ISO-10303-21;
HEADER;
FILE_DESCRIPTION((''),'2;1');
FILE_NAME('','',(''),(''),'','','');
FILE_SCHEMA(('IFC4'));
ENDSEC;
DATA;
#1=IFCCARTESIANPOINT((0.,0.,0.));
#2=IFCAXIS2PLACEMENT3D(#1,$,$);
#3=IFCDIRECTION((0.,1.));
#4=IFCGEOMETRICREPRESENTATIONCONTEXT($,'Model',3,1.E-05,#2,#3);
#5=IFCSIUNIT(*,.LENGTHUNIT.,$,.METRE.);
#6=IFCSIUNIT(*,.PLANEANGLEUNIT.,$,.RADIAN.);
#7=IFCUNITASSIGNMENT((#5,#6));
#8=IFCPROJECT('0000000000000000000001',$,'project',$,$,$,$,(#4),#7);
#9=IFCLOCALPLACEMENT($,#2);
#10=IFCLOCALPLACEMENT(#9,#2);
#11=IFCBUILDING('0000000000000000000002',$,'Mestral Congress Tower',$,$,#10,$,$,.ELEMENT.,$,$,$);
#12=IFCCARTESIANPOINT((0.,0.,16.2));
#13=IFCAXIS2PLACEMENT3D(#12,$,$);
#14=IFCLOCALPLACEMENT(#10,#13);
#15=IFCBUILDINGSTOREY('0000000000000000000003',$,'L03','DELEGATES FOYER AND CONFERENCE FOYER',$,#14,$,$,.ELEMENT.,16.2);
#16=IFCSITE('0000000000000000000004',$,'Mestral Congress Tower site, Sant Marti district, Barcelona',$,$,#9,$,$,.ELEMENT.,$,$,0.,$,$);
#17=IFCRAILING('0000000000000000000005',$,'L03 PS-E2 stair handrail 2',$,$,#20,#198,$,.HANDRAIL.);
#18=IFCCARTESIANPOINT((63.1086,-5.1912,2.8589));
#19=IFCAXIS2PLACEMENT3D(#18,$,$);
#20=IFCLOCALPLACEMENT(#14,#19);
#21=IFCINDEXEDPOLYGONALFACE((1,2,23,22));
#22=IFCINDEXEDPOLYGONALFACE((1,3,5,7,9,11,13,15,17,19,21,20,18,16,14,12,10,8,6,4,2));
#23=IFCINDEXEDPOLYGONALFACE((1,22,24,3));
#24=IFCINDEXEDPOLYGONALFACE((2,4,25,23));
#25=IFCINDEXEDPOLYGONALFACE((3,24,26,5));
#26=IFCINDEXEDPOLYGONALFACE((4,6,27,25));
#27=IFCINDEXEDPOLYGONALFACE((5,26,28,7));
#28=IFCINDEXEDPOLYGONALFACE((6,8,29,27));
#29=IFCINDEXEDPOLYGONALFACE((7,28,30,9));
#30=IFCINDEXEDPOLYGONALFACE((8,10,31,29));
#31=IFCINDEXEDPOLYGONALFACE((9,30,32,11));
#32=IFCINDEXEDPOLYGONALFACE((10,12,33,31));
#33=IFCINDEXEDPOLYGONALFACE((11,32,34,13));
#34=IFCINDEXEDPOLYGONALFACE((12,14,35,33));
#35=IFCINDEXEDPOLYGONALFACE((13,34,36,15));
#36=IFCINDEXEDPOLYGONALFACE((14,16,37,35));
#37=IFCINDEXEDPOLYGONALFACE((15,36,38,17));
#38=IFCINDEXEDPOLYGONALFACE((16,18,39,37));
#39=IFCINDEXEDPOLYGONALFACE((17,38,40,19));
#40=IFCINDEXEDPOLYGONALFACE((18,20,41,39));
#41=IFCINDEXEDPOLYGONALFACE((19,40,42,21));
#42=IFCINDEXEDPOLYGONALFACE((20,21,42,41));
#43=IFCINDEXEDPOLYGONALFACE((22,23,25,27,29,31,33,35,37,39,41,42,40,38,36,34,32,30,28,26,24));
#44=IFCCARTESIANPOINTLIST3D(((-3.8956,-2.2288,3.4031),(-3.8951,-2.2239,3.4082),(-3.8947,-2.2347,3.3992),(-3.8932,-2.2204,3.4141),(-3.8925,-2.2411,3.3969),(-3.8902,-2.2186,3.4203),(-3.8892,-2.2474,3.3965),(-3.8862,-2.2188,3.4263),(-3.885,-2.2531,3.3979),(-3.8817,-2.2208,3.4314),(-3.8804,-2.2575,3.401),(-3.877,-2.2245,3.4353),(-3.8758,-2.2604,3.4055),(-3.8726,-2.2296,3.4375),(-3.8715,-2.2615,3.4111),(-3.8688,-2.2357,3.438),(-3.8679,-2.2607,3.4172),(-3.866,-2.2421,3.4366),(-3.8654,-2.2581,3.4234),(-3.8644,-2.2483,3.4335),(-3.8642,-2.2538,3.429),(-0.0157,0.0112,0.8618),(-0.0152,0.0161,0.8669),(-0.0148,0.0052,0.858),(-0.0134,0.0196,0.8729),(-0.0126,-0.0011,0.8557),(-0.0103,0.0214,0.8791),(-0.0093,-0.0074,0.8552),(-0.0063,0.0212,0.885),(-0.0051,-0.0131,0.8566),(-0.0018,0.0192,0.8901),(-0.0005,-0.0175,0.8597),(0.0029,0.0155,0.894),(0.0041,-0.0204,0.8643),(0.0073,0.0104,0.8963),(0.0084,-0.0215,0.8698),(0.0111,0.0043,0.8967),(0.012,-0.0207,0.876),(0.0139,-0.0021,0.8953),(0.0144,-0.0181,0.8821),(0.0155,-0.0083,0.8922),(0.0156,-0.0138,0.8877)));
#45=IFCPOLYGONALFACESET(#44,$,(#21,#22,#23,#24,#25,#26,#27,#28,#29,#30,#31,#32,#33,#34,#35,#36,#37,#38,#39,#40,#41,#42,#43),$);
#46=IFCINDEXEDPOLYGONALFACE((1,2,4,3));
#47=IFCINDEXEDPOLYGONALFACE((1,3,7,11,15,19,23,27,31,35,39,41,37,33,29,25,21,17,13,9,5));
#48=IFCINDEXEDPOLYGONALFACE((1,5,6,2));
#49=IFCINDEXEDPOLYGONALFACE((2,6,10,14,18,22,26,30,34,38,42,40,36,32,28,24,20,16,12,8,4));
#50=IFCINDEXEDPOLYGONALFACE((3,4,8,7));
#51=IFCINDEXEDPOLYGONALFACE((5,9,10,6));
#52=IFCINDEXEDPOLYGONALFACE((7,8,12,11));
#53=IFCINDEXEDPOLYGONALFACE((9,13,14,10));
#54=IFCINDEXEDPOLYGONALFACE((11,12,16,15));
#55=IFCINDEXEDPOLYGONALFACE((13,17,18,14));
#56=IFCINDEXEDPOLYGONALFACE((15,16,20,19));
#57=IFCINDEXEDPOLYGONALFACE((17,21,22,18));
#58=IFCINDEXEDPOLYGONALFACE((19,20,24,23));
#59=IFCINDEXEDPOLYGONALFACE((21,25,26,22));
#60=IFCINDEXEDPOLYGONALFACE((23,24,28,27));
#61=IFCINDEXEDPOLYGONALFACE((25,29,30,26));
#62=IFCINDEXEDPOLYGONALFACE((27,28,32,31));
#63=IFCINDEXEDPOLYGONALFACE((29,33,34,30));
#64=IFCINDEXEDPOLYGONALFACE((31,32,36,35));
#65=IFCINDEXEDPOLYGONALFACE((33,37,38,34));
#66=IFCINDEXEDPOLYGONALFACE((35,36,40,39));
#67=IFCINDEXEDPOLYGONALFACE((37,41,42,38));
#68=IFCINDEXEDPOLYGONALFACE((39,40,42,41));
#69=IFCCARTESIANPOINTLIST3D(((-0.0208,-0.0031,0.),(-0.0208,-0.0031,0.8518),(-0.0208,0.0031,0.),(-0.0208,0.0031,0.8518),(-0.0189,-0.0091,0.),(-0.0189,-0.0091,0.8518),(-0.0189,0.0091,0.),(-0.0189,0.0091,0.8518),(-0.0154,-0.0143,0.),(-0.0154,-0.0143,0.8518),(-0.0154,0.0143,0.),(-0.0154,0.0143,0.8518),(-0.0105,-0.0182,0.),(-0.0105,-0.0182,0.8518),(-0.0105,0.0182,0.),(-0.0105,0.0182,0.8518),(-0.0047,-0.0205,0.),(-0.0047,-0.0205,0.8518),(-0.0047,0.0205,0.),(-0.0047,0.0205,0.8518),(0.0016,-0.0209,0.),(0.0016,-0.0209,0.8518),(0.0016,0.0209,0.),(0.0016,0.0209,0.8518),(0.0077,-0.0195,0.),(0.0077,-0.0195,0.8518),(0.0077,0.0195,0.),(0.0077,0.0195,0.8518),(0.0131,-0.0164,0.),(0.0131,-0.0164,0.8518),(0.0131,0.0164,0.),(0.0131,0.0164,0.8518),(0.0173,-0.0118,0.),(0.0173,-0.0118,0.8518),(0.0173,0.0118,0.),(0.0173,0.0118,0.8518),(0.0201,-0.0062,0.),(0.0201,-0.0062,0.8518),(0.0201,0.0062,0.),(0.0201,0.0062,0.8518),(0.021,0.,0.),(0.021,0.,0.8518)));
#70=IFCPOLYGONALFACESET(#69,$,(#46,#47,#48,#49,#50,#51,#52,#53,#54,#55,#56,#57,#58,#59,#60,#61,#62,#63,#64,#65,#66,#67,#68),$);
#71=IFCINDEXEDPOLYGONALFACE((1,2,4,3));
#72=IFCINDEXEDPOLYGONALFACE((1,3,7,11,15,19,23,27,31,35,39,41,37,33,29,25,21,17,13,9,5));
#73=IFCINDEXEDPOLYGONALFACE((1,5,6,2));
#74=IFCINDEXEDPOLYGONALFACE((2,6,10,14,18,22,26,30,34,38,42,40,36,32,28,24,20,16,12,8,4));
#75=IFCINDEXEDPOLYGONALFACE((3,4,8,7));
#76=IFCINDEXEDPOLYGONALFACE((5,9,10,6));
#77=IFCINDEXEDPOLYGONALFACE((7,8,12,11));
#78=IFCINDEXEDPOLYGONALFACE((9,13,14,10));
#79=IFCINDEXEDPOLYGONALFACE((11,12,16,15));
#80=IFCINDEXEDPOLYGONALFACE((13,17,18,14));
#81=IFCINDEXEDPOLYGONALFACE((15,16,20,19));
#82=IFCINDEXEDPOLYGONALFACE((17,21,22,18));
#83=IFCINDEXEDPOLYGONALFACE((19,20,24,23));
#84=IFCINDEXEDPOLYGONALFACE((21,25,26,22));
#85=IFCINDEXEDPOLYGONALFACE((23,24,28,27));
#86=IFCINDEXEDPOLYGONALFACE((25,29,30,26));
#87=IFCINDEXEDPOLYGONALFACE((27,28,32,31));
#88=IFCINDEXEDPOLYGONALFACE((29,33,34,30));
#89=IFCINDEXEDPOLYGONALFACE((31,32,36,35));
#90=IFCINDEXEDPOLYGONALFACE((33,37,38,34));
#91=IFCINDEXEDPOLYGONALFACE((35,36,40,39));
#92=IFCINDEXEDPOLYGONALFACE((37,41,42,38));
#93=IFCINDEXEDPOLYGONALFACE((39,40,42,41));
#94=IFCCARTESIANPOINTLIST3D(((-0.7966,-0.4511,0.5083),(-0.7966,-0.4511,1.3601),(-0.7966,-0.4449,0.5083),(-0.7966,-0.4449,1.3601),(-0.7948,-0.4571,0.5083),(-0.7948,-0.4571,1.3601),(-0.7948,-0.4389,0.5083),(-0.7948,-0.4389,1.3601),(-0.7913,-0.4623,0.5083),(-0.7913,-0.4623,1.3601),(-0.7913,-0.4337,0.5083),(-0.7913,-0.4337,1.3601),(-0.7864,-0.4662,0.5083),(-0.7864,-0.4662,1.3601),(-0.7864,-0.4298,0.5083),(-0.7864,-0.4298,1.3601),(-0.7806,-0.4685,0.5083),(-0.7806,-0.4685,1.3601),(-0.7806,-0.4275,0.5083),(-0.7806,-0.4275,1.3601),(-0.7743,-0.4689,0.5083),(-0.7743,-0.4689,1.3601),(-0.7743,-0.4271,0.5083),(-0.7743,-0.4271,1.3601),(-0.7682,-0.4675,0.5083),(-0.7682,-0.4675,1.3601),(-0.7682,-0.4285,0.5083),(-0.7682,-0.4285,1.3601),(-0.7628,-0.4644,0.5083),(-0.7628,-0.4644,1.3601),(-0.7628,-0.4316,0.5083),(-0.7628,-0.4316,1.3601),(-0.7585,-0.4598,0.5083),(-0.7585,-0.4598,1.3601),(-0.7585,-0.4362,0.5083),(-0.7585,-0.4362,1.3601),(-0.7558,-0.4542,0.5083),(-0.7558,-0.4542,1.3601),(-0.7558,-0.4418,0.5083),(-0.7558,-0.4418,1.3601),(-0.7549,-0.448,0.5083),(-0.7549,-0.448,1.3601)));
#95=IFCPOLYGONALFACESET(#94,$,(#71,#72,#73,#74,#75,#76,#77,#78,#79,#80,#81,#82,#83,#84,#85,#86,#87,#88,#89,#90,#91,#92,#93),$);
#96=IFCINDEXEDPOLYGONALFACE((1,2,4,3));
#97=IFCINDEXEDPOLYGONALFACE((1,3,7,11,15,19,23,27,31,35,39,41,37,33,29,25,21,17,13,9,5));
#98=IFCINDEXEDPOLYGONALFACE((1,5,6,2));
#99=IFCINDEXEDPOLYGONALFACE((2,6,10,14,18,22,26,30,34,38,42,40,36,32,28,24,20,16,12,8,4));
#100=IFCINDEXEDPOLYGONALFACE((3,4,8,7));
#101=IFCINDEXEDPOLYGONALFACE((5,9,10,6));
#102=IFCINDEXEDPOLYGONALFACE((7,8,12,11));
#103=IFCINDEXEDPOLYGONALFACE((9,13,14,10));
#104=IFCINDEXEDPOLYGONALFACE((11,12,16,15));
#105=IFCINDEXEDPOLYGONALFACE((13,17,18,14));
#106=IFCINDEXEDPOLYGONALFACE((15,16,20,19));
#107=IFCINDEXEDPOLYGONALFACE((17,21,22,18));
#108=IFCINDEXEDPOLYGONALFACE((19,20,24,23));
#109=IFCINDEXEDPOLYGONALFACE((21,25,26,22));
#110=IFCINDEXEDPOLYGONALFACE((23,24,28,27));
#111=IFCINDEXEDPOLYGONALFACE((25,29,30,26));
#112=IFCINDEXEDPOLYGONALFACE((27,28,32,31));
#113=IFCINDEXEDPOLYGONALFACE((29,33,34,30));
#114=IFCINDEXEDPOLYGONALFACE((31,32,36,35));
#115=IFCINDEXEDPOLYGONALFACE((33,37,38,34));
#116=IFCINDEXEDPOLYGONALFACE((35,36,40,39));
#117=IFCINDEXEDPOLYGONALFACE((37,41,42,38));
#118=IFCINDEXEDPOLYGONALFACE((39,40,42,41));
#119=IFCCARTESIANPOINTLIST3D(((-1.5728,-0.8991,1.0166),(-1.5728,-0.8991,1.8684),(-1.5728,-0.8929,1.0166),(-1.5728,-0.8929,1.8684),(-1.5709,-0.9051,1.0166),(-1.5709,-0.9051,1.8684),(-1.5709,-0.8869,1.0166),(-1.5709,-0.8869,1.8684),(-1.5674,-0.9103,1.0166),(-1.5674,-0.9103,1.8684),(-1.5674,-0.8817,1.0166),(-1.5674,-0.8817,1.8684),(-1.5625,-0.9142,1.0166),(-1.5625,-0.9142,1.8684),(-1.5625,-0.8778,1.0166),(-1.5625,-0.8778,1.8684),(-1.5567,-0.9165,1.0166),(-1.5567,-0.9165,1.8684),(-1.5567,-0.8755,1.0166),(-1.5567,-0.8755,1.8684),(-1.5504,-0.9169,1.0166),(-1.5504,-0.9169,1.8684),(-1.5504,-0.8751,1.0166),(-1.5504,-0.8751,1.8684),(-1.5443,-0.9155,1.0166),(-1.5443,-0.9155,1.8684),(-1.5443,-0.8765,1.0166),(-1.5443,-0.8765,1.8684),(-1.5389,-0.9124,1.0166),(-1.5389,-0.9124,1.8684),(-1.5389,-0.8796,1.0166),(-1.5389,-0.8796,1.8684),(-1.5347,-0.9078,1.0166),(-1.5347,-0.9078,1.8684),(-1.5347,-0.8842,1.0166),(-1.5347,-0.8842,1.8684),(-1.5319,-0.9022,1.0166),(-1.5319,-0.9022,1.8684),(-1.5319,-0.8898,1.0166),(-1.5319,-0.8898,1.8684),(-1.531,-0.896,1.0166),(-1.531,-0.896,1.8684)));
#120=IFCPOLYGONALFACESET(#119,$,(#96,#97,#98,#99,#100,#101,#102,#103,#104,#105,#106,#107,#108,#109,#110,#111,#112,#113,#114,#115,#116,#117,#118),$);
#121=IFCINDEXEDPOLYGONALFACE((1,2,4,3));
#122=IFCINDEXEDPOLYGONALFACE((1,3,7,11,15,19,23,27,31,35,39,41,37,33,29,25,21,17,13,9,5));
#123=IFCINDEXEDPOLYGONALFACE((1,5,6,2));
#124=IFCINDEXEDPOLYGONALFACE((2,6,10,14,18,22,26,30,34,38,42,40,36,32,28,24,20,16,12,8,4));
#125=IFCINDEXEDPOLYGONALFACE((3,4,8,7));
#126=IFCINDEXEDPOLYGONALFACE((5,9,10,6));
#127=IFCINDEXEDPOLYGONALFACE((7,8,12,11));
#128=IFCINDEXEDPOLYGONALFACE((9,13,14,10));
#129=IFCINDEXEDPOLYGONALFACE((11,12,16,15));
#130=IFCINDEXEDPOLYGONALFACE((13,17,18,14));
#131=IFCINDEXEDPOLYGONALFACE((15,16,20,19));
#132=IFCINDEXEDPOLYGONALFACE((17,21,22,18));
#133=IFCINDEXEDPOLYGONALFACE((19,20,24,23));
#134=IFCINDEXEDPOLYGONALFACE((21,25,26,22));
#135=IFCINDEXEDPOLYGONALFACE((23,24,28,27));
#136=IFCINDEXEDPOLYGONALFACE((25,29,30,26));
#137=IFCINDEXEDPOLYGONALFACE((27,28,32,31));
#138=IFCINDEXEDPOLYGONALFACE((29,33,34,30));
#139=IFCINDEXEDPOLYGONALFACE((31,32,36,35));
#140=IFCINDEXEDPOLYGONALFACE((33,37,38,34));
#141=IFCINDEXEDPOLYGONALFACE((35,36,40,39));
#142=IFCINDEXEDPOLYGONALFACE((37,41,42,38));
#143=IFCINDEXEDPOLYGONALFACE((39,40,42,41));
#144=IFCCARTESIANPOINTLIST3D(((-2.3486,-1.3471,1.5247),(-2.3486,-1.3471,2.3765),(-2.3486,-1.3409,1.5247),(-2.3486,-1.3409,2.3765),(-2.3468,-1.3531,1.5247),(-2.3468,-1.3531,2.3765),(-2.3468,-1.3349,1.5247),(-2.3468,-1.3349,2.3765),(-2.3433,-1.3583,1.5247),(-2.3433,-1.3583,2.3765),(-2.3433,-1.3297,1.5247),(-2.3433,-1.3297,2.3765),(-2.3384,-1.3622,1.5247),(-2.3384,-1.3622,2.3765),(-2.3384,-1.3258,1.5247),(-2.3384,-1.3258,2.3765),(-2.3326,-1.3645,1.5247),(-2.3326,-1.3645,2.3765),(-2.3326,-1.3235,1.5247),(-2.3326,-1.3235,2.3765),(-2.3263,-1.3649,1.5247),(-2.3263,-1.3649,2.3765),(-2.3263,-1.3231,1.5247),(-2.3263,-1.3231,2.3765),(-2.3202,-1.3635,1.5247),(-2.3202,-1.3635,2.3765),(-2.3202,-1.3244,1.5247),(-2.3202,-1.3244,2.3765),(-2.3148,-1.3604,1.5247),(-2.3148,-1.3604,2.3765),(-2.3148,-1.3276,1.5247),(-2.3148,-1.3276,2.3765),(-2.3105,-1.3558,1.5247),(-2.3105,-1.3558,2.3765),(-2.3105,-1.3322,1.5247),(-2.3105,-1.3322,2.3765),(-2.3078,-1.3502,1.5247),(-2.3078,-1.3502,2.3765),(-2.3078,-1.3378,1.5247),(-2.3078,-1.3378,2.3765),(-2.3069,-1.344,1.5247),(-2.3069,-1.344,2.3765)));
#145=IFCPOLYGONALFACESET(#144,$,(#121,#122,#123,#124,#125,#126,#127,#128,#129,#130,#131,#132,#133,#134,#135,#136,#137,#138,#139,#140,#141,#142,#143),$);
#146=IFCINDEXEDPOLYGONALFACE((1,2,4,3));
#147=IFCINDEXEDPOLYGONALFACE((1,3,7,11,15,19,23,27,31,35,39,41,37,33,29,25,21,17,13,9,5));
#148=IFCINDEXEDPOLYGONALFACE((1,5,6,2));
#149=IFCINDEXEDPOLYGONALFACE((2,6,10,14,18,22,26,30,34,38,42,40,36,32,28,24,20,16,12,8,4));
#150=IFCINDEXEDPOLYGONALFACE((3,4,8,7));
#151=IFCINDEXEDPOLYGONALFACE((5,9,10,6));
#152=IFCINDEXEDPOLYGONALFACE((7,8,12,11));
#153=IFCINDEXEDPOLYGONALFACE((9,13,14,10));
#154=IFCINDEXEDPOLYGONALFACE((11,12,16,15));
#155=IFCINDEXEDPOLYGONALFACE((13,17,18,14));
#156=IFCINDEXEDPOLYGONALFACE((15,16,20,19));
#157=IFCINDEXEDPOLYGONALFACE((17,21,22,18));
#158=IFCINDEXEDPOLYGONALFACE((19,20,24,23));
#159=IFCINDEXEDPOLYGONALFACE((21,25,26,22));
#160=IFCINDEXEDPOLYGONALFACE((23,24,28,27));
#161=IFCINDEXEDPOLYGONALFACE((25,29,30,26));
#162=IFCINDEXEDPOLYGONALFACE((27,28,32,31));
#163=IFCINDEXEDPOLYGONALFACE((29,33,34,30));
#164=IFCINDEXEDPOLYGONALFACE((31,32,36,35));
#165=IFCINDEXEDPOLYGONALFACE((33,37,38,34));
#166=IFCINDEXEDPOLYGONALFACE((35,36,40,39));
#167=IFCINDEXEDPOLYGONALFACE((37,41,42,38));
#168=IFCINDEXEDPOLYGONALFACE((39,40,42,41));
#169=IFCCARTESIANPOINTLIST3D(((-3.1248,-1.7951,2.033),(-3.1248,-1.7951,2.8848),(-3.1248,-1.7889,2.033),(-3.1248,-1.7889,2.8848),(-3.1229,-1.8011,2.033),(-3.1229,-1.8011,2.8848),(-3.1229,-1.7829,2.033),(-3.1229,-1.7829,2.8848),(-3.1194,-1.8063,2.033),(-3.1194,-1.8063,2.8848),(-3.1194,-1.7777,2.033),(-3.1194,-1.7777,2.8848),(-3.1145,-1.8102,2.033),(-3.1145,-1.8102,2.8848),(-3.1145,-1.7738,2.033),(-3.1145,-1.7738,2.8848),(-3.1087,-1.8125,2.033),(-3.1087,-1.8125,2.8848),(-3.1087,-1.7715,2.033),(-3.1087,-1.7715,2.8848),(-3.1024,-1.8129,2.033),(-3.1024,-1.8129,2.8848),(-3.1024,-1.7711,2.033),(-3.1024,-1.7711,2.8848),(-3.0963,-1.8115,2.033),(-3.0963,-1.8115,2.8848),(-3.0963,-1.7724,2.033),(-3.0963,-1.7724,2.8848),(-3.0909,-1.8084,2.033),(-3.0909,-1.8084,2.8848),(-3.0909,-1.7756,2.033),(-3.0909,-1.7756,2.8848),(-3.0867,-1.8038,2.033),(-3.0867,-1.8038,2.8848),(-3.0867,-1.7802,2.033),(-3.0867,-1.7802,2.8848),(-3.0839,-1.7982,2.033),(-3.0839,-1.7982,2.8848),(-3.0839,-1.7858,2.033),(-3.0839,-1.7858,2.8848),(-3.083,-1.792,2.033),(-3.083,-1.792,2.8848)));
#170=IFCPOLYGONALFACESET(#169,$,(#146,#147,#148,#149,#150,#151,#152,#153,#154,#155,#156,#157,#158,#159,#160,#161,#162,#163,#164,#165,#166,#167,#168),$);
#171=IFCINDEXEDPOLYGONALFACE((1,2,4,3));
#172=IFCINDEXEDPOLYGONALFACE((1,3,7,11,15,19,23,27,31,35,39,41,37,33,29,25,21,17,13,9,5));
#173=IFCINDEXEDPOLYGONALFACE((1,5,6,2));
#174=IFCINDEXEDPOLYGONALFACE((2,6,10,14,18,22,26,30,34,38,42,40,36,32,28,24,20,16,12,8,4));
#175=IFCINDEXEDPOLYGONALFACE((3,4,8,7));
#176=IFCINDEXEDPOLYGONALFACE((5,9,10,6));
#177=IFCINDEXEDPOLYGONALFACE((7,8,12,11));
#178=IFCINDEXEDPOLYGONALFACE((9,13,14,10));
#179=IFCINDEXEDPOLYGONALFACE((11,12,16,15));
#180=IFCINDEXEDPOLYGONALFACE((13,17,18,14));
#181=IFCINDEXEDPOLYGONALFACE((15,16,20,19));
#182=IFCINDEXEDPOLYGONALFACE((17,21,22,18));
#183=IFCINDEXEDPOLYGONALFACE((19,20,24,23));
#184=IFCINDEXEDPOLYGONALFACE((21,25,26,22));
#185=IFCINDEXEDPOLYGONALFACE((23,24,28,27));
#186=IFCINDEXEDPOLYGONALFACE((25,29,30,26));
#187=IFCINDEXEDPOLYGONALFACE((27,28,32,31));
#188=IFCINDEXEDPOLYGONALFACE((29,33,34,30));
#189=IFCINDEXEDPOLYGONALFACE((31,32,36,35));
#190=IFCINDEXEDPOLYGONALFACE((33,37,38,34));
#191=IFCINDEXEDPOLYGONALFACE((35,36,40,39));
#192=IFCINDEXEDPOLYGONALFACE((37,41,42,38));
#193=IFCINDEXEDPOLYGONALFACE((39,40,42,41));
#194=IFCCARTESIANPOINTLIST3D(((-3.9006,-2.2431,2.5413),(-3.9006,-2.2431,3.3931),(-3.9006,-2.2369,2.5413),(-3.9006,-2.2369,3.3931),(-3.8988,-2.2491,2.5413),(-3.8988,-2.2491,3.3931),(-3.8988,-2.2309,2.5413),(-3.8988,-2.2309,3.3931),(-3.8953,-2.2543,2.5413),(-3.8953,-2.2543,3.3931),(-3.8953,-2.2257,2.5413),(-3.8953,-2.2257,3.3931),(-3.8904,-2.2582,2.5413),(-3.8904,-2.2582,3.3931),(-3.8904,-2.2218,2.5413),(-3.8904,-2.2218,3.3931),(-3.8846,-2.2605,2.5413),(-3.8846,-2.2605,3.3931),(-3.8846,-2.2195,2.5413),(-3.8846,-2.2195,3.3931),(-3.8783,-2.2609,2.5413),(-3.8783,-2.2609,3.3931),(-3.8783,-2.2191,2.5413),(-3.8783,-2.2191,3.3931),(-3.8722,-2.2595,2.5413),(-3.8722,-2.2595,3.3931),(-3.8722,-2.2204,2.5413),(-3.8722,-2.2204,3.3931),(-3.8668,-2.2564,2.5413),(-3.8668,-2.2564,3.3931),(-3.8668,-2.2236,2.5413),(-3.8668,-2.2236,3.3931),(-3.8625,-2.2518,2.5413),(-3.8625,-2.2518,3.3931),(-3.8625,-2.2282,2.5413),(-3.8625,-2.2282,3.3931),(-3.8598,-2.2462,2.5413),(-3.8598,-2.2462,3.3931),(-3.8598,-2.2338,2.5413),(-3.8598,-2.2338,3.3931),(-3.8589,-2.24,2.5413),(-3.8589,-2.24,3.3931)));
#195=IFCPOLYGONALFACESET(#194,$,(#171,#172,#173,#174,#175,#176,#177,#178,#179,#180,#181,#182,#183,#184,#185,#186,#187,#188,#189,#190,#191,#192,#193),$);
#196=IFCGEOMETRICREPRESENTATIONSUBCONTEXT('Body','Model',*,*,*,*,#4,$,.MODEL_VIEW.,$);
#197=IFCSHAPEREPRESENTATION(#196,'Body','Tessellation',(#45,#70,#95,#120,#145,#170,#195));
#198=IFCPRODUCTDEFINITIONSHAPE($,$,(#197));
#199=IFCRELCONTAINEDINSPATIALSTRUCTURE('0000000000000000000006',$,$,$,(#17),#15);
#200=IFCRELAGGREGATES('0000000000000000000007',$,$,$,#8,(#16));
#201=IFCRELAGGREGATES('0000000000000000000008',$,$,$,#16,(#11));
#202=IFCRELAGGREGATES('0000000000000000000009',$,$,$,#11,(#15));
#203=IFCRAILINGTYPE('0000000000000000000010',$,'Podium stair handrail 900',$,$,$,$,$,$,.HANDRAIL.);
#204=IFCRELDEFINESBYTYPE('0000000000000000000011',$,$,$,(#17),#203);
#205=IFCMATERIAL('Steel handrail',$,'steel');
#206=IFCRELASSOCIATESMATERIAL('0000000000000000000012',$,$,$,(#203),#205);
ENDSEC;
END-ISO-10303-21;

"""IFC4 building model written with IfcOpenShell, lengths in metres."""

from ifc_helpers import new_model, si_unit, direction, frame, origin, origin_2d, place, context, subcontext, project, spatial, circle, extrude, material, type_object, element, save


model = new_model("IFC4")

# Units and contexts
model_context = context("Model", 3, precision=1e-05, world=origin(), true_north=direction((0.0, 1.0)))
body_context = subcontext(model_context, "Body", "Model", "MODEL_VIEW")
ifc_project = project(units=[si_unit("LENGTHUNIT", "METRE"), si_unit("PLANEANGLEUNIT", "RADIAN")], contexts=[model_context])

# Site, building, storey
site_placement = place(None, origin())
site = spatial("IfcSite", under=ifc_project, at=site_placement, Name="Mestral Congress Tower site, Sant Marti district, Barcelona", CompositionType="ELEMENT", RefElevation=0.0)
building_placement = place(site_placement, origin())
building = spatial("IfcBuilding", under=site, at=building_placement, Name="Mestral Congress Tower", CompositionType="ELEMENT")
storey_placement = place(building_placement, frame((0.0, 0.0, 16.2)))
storey = spatial("IfcBuildingStorey", under=building, at=storey_placement, Name="L03", Description="DELEGATES FOYER AND CONFERENCE FOYER", CompositionType="ELEMENT", Elevation=16.2)

# Railing
ifc_material_1 = material(Name="Steel handrail", Category="steel")
railing_type_1 = type_object("IfcRailingType", Name="Podium stair handrail 900", PredefinedType="HANDRAIL", material=ifc_material_1)
railing_1_placement = place(storey_placement, frame((63.1086, -5.1912, 2.8589)))
element("IfcRailing", 1, at=railing_1_placement, inside=storey, type_object=railing_type_1, Name="L03 PS-E2 stair handrail 2", PredefinedType="HANDRAIL", context=body_context, shape_type="SweptSolid", body=[
    extrude(circle(Radius=0.0239, at=origin_2d()), frame((0.0, 0.0, 0.876), z_axis=(-0.753282, -0.434896, 0.493388), x_axis=(0.49999, -0.866031, 0.0)), (0.0, 0.0, 1.0), 5.1506),
    extrude(circle(Radius=0.021, at=origin_2d()), origin(), (0.0, 0.0, 1.0), 0.8518),
    extrude(circle(Radius=0.021, at=origin_2d()), frame((-0.7759, -0.448, 0.5083)), (0.0, 0.0, 1.0), 0.8518),
    extrude(circle(Radius=0.021, at=origin_2d()), frame((-1.552, -0.896, 1.0166)), (0.0, 0.0, 1.0), 0.8518),
    extrude(circle(Radius=0.021, at=origin_2d()), frame((-2.3279, -1.344, 1.5247)), (0.0, 0.0, 1.0), 0.8518),
    extrude(circle(Radius=0.021, at=origin_2d()), frame((-3.104, -1.792, 2.033)), (0.0, 0.0, 1.0), 0.8518),
    extrude(circle(Radius=0.021, at=origin_2d()), frame((-3.8799, -2.24, 2.5413)), (0.0, 0.0, 1.0), 0.8518),
])

save(model, "model.ifc")
